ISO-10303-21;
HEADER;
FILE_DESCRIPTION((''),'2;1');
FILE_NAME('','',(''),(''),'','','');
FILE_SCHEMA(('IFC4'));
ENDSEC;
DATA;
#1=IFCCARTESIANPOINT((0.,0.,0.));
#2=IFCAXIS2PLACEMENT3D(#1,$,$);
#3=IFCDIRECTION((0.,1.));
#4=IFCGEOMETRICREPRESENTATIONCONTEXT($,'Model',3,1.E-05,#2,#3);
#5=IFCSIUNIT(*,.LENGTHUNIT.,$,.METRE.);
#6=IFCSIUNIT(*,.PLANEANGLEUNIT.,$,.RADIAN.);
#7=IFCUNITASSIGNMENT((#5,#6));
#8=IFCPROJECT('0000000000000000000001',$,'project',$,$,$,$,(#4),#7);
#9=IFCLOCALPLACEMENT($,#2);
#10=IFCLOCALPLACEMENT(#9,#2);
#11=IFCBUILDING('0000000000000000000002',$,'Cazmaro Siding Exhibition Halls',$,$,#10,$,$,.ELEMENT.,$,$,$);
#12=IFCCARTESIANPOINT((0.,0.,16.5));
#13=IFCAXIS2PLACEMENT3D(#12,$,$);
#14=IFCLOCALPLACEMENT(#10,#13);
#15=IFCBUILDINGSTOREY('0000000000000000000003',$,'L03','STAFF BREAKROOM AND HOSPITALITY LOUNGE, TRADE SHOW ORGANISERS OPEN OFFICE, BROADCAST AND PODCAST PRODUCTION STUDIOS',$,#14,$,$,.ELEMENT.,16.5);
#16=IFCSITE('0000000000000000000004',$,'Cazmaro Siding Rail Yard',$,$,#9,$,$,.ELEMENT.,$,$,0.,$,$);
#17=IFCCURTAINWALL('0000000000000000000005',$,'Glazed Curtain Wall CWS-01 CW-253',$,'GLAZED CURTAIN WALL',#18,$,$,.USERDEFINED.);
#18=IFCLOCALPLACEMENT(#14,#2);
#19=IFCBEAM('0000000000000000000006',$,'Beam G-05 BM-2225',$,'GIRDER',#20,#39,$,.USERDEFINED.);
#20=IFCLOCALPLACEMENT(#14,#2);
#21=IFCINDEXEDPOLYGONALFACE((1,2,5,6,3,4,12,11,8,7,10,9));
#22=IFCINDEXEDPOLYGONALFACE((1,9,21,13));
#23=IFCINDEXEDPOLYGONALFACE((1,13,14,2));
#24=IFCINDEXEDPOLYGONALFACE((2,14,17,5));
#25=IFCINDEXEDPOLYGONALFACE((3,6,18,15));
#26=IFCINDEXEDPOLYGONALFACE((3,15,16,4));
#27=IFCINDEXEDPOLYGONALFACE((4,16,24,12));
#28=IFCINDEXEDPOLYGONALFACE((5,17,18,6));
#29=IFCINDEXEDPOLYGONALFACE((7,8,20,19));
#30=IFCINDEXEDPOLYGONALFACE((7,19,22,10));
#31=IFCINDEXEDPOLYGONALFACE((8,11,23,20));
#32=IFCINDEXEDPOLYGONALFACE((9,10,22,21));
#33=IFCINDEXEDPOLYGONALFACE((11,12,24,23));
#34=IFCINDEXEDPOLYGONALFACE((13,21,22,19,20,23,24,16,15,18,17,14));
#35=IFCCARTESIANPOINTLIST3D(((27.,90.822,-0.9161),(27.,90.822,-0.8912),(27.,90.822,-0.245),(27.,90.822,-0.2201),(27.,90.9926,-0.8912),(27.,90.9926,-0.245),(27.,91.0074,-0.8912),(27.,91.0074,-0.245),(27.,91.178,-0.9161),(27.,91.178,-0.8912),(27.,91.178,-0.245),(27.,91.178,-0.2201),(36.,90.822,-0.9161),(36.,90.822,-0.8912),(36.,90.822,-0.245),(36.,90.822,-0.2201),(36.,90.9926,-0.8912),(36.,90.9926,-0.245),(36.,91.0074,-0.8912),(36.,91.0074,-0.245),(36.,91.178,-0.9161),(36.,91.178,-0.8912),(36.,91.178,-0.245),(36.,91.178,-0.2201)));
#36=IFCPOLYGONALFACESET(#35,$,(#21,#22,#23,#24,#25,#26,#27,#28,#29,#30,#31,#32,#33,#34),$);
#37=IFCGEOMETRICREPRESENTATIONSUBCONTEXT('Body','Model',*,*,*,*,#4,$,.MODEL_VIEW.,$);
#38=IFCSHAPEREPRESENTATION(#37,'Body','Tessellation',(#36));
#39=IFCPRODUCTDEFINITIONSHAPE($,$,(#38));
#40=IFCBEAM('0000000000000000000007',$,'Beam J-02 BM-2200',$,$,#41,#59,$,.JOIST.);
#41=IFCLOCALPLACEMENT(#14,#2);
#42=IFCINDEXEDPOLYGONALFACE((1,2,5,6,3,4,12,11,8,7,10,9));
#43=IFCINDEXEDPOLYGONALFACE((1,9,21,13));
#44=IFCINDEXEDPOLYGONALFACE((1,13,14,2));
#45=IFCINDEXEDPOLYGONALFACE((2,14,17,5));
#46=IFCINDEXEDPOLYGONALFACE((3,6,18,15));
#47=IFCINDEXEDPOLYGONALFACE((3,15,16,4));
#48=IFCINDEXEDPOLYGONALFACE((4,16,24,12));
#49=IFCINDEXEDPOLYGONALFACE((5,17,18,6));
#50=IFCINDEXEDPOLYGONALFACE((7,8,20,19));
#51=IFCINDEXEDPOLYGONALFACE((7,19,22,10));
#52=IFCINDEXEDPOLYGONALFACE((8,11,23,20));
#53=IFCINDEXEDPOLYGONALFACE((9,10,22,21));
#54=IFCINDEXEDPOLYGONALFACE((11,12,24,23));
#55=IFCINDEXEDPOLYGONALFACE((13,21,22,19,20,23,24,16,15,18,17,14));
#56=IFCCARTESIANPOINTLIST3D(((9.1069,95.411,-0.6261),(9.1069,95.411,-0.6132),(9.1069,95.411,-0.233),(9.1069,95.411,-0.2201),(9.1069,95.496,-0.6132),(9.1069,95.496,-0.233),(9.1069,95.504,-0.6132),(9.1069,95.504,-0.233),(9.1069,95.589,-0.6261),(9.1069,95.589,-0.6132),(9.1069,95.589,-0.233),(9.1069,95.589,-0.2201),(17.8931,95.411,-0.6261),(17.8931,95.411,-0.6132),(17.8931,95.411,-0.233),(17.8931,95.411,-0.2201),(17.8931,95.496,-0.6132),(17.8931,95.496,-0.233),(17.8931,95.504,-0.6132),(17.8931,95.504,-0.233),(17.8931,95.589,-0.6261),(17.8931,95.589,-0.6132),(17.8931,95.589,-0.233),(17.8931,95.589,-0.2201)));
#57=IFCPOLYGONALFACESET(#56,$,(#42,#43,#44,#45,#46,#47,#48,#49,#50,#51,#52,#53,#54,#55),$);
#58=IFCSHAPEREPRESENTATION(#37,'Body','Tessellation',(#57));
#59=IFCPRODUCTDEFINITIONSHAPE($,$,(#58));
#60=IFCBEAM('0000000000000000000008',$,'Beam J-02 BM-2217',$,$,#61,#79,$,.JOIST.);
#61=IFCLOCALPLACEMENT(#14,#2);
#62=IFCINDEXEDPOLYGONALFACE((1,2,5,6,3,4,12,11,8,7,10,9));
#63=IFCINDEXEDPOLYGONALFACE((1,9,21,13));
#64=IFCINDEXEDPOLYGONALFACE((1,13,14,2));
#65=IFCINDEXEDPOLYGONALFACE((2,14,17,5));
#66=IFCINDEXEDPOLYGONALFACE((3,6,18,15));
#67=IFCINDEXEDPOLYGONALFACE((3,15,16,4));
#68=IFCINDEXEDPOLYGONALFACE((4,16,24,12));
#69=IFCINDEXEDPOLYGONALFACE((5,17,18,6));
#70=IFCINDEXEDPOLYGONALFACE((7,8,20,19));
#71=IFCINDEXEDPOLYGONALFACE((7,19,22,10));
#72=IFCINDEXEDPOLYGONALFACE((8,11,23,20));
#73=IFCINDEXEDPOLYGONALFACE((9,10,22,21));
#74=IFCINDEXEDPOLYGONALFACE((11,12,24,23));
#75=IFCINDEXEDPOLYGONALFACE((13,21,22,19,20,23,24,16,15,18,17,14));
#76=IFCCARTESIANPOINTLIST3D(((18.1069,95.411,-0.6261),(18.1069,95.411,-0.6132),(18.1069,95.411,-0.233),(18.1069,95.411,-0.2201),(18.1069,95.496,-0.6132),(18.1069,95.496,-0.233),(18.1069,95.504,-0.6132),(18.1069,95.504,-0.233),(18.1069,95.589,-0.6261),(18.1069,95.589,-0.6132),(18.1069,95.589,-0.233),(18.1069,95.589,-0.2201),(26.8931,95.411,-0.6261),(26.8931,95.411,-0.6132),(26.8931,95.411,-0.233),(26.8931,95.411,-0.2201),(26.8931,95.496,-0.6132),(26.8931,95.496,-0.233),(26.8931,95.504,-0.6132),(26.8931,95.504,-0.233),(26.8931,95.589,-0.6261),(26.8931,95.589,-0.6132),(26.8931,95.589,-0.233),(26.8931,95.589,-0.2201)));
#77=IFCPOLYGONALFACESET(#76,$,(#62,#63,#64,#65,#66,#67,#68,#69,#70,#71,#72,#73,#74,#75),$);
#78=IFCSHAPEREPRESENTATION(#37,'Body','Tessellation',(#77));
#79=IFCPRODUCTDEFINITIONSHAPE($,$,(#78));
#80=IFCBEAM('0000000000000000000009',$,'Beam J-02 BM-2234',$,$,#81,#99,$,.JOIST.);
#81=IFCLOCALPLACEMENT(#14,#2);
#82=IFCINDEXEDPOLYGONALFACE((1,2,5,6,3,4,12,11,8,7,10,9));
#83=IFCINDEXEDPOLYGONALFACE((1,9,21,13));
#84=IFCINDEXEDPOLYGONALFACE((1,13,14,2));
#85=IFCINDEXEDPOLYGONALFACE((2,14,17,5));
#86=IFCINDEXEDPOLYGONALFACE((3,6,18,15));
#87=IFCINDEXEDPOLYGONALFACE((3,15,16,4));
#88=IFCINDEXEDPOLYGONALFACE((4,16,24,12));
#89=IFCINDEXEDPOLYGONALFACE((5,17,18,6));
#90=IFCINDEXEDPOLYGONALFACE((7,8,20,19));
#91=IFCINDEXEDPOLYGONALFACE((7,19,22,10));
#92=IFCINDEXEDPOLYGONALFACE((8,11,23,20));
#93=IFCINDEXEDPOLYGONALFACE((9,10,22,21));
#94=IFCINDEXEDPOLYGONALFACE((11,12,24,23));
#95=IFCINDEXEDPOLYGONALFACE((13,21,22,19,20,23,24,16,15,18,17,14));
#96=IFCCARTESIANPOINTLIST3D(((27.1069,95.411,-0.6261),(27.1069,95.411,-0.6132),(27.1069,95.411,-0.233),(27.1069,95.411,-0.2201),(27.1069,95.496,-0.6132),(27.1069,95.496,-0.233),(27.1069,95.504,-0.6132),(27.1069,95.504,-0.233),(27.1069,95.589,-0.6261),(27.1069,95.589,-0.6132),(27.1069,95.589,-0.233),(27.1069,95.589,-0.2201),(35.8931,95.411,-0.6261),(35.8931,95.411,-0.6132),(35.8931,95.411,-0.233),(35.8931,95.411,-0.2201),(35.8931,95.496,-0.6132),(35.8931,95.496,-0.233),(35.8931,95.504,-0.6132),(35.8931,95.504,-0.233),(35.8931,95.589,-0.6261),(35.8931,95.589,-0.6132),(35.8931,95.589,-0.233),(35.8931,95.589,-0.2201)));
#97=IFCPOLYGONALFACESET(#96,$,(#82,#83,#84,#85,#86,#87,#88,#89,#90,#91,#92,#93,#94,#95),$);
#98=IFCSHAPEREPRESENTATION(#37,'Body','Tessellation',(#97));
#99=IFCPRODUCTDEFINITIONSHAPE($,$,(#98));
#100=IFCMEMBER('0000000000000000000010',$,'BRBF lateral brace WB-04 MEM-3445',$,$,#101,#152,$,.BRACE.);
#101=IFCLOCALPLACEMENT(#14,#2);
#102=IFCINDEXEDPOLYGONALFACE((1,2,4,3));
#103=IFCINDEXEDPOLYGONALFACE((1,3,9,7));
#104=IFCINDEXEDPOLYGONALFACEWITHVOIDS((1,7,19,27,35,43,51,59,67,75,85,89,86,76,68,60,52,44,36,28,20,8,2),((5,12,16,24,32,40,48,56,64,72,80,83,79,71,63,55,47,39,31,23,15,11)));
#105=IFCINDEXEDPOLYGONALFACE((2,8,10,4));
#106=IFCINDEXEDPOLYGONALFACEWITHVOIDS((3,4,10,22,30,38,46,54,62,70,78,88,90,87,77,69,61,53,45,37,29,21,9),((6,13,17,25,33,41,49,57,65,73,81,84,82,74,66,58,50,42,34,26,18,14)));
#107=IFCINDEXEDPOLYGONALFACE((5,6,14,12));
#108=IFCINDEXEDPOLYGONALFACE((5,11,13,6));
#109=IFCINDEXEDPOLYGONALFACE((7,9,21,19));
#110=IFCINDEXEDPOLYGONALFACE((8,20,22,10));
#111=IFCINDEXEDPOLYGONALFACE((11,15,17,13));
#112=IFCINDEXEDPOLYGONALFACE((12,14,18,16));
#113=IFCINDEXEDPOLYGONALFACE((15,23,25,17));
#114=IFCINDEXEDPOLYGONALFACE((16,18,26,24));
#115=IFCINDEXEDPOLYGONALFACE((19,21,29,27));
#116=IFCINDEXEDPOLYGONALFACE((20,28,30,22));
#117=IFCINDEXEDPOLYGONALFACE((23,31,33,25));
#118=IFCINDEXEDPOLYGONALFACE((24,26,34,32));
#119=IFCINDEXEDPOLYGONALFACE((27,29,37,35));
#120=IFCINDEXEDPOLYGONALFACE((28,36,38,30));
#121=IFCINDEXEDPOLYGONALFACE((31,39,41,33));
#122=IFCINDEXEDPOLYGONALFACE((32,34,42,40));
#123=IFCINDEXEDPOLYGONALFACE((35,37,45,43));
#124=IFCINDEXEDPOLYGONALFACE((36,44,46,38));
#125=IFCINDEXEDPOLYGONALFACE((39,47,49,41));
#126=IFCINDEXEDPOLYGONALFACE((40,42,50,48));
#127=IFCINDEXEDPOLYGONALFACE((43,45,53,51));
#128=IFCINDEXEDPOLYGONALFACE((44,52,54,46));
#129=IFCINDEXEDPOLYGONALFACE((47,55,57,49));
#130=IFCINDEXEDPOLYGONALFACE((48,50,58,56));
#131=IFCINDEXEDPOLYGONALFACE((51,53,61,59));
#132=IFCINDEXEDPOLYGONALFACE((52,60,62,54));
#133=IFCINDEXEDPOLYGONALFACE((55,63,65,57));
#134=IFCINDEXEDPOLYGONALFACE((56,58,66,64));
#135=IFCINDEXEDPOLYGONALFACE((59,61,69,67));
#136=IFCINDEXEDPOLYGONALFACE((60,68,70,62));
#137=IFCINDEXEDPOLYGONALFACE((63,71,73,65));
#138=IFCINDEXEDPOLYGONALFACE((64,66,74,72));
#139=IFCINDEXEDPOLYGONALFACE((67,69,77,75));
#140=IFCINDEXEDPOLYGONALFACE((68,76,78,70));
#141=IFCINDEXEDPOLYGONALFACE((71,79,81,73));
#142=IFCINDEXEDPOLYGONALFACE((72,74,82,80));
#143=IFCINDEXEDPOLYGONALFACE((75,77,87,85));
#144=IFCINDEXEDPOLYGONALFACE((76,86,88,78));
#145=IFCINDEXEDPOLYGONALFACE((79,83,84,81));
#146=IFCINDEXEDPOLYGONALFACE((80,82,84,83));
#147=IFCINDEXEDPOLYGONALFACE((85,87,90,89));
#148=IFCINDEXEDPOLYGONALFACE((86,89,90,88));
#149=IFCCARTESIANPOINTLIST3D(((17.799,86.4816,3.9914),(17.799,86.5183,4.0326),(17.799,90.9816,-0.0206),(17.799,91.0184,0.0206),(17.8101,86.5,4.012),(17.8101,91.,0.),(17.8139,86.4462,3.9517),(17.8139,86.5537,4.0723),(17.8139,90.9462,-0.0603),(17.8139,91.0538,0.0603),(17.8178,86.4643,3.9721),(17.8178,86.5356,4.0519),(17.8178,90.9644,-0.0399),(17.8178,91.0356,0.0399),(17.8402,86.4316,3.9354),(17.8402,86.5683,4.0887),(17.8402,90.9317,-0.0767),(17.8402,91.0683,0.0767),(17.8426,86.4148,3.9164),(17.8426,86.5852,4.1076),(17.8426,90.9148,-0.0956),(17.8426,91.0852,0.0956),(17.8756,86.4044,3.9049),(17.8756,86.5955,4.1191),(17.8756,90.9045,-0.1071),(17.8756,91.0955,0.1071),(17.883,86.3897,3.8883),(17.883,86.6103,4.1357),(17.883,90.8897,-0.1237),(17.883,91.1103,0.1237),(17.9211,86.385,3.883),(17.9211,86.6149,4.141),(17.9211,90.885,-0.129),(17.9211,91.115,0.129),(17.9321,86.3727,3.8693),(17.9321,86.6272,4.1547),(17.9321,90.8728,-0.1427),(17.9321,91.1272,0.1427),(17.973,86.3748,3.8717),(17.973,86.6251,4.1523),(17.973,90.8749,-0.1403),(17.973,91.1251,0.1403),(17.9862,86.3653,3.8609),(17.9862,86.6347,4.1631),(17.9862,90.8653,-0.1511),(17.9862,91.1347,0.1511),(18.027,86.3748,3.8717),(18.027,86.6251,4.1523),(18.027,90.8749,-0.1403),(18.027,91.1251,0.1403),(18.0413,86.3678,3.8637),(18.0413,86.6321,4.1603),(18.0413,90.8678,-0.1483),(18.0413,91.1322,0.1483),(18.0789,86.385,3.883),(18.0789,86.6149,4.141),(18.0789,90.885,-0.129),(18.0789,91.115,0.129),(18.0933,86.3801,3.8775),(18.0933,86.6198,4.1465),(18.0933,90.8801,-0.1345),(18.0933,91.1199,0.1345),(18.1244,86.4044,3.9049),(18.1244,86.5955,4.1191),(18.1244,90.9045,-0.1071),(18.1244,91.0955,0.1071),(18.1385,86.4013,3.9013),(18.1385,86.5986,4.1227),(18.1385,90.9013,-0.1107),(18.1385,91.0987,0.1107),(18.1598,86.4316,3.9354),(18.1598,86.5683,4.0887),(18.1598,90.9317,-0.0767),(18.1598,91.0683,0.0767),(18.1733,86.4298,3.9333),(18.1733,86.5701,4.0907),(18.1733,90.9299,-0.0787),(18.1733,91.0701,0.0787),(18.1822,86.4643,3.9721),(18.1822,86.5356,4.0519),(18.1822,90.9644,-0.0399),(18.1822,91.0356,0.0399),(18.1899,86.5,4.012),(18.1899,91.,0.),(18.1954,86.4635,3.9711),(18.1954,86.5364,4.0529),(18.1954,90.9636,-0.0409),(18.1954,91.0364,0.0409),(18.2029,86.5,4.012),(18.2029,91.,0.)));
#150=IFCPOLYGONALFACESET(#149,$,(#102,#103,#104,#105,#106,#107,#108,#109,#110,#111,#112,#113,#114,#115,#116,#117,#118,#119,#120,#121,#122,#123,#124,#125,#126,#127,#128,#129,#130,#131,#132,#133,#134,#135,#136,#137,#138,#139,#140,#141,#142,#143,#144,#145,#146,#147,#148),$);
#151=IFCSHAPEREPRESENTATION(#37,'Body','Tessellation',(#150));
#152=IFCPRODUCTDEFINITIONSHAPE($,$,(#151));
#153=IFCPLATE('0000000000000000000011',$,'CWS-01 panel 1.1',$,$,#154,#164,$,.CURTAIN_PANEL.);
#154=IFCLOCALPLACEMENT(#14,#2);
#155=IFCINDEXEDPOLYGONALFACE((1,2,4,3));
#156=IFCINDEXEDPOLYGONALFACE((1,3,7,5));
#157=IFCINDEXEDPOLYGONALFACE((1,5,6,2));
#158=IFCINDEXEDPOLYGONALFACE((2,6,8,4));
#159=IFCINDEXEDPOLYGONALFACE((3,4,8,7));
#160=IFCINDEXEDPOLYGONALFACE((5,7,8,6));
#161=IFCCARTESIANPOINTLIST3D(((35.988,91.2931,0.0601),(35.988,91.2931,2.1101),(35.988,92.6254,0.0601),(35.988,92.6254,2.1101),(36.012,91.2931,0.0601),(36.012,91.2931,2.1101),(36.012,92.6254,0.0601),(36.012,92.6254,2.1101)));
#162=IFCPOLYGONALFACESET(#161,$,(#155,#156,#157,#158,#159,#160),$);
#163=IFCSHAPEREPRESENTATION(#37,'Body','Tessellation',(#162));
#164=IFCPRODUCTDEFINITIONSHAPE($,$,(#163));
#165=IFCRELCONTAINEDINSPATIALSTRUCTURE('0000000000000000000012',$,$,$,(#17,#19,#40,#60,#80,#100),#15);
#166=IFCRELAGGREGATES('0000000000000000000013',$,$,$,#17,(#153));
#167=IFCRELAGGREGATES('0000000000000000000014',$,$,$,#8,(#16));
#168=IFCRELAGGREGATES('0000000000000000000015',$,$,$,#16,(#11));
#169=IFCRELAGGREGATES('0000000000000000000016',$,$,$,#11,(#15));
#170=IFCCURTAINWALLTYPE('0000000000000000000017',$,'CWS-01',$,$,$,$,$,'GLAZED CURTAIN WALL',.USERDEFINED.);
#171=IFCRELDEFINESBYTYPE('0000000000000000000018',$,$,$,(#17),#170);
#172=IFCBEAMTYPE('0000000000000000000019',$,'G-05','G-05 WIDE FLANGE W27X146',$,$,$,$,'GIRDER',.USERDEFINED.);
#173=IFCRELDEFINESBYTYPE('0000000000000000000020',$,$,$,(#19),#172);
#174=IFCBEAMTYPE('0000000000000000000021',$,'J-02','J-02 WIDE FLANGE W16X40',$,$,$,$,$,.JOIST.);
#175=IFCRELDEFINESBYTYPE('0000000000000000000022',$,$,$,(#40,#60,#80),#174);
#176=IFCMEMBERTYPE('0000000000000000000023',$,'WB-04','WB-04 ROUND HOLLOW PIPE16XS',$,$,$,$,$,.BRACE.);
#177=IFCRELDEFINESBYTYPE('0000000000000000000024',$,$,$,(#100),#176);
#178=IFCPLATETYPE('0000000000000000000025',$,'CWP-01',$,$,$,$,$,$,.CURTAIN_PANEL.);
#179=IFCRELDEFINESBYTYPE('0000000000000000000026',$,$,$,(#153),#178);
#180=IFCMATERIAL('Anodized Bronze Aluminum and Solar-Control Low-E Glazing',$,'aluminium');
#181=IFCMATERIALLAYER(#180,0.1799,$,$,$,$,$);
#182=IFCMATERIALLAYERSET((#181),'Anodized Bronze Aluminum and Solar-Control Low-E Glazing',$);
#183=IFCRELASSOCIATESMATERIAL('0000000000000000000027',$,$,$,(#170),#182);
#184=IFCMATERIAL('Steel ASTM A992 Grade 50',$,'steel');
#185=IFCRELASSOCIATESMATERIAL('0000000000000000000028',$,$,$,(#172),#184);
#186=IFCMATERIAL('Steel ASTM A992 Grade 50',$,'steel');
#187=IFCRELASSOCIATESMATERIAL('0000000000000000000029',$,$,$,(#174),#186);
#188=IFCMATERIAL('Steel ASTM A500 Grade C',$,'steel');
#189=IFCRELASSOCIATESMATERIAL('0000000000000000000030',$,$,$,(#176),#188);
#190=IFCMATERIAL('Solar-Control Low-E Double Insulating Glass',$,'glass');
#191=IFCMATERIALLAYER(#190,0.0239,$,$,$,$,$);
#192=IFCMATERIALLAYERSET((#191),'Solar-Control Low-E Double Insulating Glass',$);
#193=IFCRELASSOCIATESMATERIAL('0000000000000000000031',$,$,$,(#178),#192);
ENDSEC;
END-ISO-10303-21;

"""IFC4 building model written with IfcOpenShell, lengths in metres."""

from ifc_helpers import new_model, si_unit, direction, frame, origin, origin_2d, place, context, subcontext, project, spatial, rectangle, hollow_circle, i_section, extrude, material, layer, layer_set, material_profile, profile_set, type_object, element, aggregate, save


model = new_model("IFC4")

# Units and contexts
model_context = context("Model", 3, precision=1e-05, world=origin(), true_north=direction((0.0, 1.0)))
body_context = subcontext(model_context, "Body", "Model", "MODEL_VIEW")
ifc_project = project(units=[si_unit("LENGTHUNIT", "METRE"), si_unit("PLANEANGLEUNIT", "RADIAN")], contexts=[model_context])

# Site, building, storey
site_placement = place(None, origin())
site = spatial("IfcSite", under=ifc_project, at=site_placement, Name="Cazmaro Siding Rail Yard", CompositionType="ELEMENT", RefElevation=0.0)
building_placement = place(site_placement, origin())
building = spatial("IfcBuilding", under=site, at=building_placement, Name="Cazmaro Siding Exhibition Halls", CompositionType="ELEMENT")
storey_placement = place(building_placement, frame((0.0, 0.0, 16.5)))
storey = spatial("IfcBuildingStorey", under=building, at=storey_placement, Name="L03", Description="STAFF BREAKROOM AND HOSPITALITY LOUNGE, TRADE SHOW ORGANISERS OPEN OFFICE, BROADCAST AND PODCAST PRODUCTION STUDIOS", CompositionType="ELEMENT", Elevation=16.5)

# Shared definitions
ifc_material_1 = material(Name="Anodized Bronze Aluminum and Solar-Control Low-E Glazing", Category="aluminium")
ifc_layer_1 = layer(ifc_material_1, 0.1799)
ifc_layer_set_1 = layer_set([ifc_layer_1], Name="Anodized Bronze Aluminum and Solar-Control Low-E Glazing")
curtain_wall_type = type_object("IfcCurtainWallType", Name="CWS-01", ElementType="GLAZED CURTAIN WALL", PredefinedType="USERDEFINED", material=ifc_layer_set_1)

# Curtain wall
curtain_wall_1_placement = place(storey_placement, origin())
curtain_wall_1 = element("IfcCurtainWall", 1, at=curtain_wall_1_placement, inside=storey, type_object=curtain_wall_type, Name="Glazed Curtain Wall CWS-01 CW-253", ObjectType="GLAZED CURTAIN WALL", PredefinedType="USERDEFINED")

# Beams
ifc_material_2 = material(Name="Steel ASTM A992 Grade 50", Category="steel")
ifc_material_profile_1 = material_profile(ifc_material_2, i_section(OverallWidth=0.356, OverallDepth=0.696, WebThickness=0.0149, FlangeThickness=0.0249, at=origin_2d()), Name="W27X146")
ifc_profile_set_1 = profile_set([ifc_material_profile_1], Name="Steel ASTM A992 Grade 50")
beam_type_1 = type_object("IfcBeamType", Name="G-05", Description="G-05 WIDE FLANGE W27X146", ElementType="GIRDER", PredefinedType="USERDEFINED", material=ifc_profile_set_1)
for number, where, z_axis, x_axis, name in (
    (2, (27.0, 91.0, -0.5681), (1.0, 0.0, 0.0), (0.0, 1.0, 0.0), "Beam G-05 BM-2225"),
):
    element("IfcBeam", number, at=place(storey_placement, frame(where, z_axis=z_axis, x_axis=x_axis)), inside=storey, type_object=beam_type_1, Name=name, ObjectType="GIRDER", PredefinedType="USERDEFINED", context=body_context, shape_type="SweptSolid", body=[
        extrude(i_section(OverallWidth=0.356, OverallDepth=0.696, WebThickness=0.0149, FlangeThickness=0.0249, at=origin_2d()), origin(), (0.0, 0.0, 1.0), 9.0),
    ])
ifc_material_3 = material(Name="Steel ASTM A992 Grade 50", Category="steel")
ifc_material_profile_2 = material_profile(ifc_material_3, i_section(OverallWidth=0.178, OverallDepth=0.406, WebThickness=0.0081, FlangeThickness=0.0129, at=origin_2d()), Name="W16X40")
ifc_profile_set_2 = profile_set([ifc_material_profile_2], Name="Steel ASTM A992 Grade 50")
beam_type_2 = type_object("IfcBeamType", Name="J-02", Description="J-02 WIDE FLANGE W16X40", PredefinedType="JOIST", material=ifc_profile_set_2)
for number, where, z_axis, x_axis, name in (
    (3, (9.1069, 95.5, -0.4231), (1.0, 0.0, 0.0), (0.0, 1.0, 0.0), "Beam J-02 BM-2200"),
    (4, (18.1069, 95.5, -0.4231), (1.0, 0.0, 0.0), (0.0, 1.0, 0.0), "Beam J-02 BM-2217"),
    (5, (27.1069, 95.5, -0.4231), (1.0, 0.0, 0.0), (0.0, 1.0, 0.0), "Beam J-02 BM-2234"),
):
    element("IfcBeam", number, at=place(storey_placement, frame(where, z_axis=z_axis, x_axis=x_axis)), inside=storey, type_object=beam_type_2, Name=name, PredefinedType="JOIST", context=body_context, shape_type="SweptSolid", body=[
        extrude(i_section(OverallWidth=0.178, OverallDepth=0.406, WebThickness=0.0081, FlangeThickness=0.0129, at=origin_2d()), origin(), (0.0, 0.0, 1.0), 8.7861),
    ])

# Member
ifc_material_4 = material(Name="Steel ASTM A500 Grade C", Category="steel")
ifc_material_profile_3 = material_profile(ifc_material_4, hollow_circle(Radius=0.2029, WallThickness=0.0129, at=origin_2d()), Name="PIPE16XS")
ifc_profile_set_3 = profile_set([ifc_material_profile_3], Name="Steel ASTM A500 Grade C")
member_type_1 = type_object("IfcMemberType", Name="WB-04", Description="WB-04 ROUND HOLLOW PIPE16XS", PredefinedType="BRACE", material=ifc_profile_set_3)
member_1_placement = place(storey_placement, frame((18.0, 91.0, 0.0), z_axis=(0.0, -0.746423, 0.665472), x_axis=(1.0, 0.0, 0.0)))
element("IfcMember", 6, at=member_1_placement, inside=storey, type_object=member_type_1, Name="BRBF lateral brace WB-04 MEM-3445", PredefinedType="BRACE", context=body_context, shape_type="SweptSolid", body=[
    extrude(hollow_circle(Radius=0.2029, WallThickness=0.0129, at=origin_2d()), origin(), (0.0, 0.0, 1.0), 6.0288),
])

# Plate
ifc_material_5 = material(Name="Solar-Control Low-E Double Insulating Glass", Category="glass")
ifc_layer_2 = layer(ifc_material_5, 0.0239)
ifc_layer_set_2 = layer_set([ifc_layer_2], Name="Solar-Control Low-E Double Insulating Glass")
plate_type = type_object("IfcPlateType", Name="CWP-01", PredefinedType="CURTAIN_PANEL", material=ifc_layer_set_2)
plate_placement = place(storey_placement, frame((36.0, 91.9592, 0.0601), z_axis=(0.0, 0.0, 1.0), x_axis=(0.0, 1.0, 0.0)))
plate = element("IfcPlate", 7, at=plate_placement, type_object=plate_type, Name="CWS-01 panel 1.1", PredefinedType="CURTAIN_PANEL", context=body_context, shape_type="SweptSolid", body=[
    extrude(rectangle(XDim=1.3323, YDim=0.0239, at=origin_2d()), origin(), (0.0, 0.0, 1.0), 2.05),
])
aggregate(curtain_wall_1, [plate])

save(model, "model.ifc")
